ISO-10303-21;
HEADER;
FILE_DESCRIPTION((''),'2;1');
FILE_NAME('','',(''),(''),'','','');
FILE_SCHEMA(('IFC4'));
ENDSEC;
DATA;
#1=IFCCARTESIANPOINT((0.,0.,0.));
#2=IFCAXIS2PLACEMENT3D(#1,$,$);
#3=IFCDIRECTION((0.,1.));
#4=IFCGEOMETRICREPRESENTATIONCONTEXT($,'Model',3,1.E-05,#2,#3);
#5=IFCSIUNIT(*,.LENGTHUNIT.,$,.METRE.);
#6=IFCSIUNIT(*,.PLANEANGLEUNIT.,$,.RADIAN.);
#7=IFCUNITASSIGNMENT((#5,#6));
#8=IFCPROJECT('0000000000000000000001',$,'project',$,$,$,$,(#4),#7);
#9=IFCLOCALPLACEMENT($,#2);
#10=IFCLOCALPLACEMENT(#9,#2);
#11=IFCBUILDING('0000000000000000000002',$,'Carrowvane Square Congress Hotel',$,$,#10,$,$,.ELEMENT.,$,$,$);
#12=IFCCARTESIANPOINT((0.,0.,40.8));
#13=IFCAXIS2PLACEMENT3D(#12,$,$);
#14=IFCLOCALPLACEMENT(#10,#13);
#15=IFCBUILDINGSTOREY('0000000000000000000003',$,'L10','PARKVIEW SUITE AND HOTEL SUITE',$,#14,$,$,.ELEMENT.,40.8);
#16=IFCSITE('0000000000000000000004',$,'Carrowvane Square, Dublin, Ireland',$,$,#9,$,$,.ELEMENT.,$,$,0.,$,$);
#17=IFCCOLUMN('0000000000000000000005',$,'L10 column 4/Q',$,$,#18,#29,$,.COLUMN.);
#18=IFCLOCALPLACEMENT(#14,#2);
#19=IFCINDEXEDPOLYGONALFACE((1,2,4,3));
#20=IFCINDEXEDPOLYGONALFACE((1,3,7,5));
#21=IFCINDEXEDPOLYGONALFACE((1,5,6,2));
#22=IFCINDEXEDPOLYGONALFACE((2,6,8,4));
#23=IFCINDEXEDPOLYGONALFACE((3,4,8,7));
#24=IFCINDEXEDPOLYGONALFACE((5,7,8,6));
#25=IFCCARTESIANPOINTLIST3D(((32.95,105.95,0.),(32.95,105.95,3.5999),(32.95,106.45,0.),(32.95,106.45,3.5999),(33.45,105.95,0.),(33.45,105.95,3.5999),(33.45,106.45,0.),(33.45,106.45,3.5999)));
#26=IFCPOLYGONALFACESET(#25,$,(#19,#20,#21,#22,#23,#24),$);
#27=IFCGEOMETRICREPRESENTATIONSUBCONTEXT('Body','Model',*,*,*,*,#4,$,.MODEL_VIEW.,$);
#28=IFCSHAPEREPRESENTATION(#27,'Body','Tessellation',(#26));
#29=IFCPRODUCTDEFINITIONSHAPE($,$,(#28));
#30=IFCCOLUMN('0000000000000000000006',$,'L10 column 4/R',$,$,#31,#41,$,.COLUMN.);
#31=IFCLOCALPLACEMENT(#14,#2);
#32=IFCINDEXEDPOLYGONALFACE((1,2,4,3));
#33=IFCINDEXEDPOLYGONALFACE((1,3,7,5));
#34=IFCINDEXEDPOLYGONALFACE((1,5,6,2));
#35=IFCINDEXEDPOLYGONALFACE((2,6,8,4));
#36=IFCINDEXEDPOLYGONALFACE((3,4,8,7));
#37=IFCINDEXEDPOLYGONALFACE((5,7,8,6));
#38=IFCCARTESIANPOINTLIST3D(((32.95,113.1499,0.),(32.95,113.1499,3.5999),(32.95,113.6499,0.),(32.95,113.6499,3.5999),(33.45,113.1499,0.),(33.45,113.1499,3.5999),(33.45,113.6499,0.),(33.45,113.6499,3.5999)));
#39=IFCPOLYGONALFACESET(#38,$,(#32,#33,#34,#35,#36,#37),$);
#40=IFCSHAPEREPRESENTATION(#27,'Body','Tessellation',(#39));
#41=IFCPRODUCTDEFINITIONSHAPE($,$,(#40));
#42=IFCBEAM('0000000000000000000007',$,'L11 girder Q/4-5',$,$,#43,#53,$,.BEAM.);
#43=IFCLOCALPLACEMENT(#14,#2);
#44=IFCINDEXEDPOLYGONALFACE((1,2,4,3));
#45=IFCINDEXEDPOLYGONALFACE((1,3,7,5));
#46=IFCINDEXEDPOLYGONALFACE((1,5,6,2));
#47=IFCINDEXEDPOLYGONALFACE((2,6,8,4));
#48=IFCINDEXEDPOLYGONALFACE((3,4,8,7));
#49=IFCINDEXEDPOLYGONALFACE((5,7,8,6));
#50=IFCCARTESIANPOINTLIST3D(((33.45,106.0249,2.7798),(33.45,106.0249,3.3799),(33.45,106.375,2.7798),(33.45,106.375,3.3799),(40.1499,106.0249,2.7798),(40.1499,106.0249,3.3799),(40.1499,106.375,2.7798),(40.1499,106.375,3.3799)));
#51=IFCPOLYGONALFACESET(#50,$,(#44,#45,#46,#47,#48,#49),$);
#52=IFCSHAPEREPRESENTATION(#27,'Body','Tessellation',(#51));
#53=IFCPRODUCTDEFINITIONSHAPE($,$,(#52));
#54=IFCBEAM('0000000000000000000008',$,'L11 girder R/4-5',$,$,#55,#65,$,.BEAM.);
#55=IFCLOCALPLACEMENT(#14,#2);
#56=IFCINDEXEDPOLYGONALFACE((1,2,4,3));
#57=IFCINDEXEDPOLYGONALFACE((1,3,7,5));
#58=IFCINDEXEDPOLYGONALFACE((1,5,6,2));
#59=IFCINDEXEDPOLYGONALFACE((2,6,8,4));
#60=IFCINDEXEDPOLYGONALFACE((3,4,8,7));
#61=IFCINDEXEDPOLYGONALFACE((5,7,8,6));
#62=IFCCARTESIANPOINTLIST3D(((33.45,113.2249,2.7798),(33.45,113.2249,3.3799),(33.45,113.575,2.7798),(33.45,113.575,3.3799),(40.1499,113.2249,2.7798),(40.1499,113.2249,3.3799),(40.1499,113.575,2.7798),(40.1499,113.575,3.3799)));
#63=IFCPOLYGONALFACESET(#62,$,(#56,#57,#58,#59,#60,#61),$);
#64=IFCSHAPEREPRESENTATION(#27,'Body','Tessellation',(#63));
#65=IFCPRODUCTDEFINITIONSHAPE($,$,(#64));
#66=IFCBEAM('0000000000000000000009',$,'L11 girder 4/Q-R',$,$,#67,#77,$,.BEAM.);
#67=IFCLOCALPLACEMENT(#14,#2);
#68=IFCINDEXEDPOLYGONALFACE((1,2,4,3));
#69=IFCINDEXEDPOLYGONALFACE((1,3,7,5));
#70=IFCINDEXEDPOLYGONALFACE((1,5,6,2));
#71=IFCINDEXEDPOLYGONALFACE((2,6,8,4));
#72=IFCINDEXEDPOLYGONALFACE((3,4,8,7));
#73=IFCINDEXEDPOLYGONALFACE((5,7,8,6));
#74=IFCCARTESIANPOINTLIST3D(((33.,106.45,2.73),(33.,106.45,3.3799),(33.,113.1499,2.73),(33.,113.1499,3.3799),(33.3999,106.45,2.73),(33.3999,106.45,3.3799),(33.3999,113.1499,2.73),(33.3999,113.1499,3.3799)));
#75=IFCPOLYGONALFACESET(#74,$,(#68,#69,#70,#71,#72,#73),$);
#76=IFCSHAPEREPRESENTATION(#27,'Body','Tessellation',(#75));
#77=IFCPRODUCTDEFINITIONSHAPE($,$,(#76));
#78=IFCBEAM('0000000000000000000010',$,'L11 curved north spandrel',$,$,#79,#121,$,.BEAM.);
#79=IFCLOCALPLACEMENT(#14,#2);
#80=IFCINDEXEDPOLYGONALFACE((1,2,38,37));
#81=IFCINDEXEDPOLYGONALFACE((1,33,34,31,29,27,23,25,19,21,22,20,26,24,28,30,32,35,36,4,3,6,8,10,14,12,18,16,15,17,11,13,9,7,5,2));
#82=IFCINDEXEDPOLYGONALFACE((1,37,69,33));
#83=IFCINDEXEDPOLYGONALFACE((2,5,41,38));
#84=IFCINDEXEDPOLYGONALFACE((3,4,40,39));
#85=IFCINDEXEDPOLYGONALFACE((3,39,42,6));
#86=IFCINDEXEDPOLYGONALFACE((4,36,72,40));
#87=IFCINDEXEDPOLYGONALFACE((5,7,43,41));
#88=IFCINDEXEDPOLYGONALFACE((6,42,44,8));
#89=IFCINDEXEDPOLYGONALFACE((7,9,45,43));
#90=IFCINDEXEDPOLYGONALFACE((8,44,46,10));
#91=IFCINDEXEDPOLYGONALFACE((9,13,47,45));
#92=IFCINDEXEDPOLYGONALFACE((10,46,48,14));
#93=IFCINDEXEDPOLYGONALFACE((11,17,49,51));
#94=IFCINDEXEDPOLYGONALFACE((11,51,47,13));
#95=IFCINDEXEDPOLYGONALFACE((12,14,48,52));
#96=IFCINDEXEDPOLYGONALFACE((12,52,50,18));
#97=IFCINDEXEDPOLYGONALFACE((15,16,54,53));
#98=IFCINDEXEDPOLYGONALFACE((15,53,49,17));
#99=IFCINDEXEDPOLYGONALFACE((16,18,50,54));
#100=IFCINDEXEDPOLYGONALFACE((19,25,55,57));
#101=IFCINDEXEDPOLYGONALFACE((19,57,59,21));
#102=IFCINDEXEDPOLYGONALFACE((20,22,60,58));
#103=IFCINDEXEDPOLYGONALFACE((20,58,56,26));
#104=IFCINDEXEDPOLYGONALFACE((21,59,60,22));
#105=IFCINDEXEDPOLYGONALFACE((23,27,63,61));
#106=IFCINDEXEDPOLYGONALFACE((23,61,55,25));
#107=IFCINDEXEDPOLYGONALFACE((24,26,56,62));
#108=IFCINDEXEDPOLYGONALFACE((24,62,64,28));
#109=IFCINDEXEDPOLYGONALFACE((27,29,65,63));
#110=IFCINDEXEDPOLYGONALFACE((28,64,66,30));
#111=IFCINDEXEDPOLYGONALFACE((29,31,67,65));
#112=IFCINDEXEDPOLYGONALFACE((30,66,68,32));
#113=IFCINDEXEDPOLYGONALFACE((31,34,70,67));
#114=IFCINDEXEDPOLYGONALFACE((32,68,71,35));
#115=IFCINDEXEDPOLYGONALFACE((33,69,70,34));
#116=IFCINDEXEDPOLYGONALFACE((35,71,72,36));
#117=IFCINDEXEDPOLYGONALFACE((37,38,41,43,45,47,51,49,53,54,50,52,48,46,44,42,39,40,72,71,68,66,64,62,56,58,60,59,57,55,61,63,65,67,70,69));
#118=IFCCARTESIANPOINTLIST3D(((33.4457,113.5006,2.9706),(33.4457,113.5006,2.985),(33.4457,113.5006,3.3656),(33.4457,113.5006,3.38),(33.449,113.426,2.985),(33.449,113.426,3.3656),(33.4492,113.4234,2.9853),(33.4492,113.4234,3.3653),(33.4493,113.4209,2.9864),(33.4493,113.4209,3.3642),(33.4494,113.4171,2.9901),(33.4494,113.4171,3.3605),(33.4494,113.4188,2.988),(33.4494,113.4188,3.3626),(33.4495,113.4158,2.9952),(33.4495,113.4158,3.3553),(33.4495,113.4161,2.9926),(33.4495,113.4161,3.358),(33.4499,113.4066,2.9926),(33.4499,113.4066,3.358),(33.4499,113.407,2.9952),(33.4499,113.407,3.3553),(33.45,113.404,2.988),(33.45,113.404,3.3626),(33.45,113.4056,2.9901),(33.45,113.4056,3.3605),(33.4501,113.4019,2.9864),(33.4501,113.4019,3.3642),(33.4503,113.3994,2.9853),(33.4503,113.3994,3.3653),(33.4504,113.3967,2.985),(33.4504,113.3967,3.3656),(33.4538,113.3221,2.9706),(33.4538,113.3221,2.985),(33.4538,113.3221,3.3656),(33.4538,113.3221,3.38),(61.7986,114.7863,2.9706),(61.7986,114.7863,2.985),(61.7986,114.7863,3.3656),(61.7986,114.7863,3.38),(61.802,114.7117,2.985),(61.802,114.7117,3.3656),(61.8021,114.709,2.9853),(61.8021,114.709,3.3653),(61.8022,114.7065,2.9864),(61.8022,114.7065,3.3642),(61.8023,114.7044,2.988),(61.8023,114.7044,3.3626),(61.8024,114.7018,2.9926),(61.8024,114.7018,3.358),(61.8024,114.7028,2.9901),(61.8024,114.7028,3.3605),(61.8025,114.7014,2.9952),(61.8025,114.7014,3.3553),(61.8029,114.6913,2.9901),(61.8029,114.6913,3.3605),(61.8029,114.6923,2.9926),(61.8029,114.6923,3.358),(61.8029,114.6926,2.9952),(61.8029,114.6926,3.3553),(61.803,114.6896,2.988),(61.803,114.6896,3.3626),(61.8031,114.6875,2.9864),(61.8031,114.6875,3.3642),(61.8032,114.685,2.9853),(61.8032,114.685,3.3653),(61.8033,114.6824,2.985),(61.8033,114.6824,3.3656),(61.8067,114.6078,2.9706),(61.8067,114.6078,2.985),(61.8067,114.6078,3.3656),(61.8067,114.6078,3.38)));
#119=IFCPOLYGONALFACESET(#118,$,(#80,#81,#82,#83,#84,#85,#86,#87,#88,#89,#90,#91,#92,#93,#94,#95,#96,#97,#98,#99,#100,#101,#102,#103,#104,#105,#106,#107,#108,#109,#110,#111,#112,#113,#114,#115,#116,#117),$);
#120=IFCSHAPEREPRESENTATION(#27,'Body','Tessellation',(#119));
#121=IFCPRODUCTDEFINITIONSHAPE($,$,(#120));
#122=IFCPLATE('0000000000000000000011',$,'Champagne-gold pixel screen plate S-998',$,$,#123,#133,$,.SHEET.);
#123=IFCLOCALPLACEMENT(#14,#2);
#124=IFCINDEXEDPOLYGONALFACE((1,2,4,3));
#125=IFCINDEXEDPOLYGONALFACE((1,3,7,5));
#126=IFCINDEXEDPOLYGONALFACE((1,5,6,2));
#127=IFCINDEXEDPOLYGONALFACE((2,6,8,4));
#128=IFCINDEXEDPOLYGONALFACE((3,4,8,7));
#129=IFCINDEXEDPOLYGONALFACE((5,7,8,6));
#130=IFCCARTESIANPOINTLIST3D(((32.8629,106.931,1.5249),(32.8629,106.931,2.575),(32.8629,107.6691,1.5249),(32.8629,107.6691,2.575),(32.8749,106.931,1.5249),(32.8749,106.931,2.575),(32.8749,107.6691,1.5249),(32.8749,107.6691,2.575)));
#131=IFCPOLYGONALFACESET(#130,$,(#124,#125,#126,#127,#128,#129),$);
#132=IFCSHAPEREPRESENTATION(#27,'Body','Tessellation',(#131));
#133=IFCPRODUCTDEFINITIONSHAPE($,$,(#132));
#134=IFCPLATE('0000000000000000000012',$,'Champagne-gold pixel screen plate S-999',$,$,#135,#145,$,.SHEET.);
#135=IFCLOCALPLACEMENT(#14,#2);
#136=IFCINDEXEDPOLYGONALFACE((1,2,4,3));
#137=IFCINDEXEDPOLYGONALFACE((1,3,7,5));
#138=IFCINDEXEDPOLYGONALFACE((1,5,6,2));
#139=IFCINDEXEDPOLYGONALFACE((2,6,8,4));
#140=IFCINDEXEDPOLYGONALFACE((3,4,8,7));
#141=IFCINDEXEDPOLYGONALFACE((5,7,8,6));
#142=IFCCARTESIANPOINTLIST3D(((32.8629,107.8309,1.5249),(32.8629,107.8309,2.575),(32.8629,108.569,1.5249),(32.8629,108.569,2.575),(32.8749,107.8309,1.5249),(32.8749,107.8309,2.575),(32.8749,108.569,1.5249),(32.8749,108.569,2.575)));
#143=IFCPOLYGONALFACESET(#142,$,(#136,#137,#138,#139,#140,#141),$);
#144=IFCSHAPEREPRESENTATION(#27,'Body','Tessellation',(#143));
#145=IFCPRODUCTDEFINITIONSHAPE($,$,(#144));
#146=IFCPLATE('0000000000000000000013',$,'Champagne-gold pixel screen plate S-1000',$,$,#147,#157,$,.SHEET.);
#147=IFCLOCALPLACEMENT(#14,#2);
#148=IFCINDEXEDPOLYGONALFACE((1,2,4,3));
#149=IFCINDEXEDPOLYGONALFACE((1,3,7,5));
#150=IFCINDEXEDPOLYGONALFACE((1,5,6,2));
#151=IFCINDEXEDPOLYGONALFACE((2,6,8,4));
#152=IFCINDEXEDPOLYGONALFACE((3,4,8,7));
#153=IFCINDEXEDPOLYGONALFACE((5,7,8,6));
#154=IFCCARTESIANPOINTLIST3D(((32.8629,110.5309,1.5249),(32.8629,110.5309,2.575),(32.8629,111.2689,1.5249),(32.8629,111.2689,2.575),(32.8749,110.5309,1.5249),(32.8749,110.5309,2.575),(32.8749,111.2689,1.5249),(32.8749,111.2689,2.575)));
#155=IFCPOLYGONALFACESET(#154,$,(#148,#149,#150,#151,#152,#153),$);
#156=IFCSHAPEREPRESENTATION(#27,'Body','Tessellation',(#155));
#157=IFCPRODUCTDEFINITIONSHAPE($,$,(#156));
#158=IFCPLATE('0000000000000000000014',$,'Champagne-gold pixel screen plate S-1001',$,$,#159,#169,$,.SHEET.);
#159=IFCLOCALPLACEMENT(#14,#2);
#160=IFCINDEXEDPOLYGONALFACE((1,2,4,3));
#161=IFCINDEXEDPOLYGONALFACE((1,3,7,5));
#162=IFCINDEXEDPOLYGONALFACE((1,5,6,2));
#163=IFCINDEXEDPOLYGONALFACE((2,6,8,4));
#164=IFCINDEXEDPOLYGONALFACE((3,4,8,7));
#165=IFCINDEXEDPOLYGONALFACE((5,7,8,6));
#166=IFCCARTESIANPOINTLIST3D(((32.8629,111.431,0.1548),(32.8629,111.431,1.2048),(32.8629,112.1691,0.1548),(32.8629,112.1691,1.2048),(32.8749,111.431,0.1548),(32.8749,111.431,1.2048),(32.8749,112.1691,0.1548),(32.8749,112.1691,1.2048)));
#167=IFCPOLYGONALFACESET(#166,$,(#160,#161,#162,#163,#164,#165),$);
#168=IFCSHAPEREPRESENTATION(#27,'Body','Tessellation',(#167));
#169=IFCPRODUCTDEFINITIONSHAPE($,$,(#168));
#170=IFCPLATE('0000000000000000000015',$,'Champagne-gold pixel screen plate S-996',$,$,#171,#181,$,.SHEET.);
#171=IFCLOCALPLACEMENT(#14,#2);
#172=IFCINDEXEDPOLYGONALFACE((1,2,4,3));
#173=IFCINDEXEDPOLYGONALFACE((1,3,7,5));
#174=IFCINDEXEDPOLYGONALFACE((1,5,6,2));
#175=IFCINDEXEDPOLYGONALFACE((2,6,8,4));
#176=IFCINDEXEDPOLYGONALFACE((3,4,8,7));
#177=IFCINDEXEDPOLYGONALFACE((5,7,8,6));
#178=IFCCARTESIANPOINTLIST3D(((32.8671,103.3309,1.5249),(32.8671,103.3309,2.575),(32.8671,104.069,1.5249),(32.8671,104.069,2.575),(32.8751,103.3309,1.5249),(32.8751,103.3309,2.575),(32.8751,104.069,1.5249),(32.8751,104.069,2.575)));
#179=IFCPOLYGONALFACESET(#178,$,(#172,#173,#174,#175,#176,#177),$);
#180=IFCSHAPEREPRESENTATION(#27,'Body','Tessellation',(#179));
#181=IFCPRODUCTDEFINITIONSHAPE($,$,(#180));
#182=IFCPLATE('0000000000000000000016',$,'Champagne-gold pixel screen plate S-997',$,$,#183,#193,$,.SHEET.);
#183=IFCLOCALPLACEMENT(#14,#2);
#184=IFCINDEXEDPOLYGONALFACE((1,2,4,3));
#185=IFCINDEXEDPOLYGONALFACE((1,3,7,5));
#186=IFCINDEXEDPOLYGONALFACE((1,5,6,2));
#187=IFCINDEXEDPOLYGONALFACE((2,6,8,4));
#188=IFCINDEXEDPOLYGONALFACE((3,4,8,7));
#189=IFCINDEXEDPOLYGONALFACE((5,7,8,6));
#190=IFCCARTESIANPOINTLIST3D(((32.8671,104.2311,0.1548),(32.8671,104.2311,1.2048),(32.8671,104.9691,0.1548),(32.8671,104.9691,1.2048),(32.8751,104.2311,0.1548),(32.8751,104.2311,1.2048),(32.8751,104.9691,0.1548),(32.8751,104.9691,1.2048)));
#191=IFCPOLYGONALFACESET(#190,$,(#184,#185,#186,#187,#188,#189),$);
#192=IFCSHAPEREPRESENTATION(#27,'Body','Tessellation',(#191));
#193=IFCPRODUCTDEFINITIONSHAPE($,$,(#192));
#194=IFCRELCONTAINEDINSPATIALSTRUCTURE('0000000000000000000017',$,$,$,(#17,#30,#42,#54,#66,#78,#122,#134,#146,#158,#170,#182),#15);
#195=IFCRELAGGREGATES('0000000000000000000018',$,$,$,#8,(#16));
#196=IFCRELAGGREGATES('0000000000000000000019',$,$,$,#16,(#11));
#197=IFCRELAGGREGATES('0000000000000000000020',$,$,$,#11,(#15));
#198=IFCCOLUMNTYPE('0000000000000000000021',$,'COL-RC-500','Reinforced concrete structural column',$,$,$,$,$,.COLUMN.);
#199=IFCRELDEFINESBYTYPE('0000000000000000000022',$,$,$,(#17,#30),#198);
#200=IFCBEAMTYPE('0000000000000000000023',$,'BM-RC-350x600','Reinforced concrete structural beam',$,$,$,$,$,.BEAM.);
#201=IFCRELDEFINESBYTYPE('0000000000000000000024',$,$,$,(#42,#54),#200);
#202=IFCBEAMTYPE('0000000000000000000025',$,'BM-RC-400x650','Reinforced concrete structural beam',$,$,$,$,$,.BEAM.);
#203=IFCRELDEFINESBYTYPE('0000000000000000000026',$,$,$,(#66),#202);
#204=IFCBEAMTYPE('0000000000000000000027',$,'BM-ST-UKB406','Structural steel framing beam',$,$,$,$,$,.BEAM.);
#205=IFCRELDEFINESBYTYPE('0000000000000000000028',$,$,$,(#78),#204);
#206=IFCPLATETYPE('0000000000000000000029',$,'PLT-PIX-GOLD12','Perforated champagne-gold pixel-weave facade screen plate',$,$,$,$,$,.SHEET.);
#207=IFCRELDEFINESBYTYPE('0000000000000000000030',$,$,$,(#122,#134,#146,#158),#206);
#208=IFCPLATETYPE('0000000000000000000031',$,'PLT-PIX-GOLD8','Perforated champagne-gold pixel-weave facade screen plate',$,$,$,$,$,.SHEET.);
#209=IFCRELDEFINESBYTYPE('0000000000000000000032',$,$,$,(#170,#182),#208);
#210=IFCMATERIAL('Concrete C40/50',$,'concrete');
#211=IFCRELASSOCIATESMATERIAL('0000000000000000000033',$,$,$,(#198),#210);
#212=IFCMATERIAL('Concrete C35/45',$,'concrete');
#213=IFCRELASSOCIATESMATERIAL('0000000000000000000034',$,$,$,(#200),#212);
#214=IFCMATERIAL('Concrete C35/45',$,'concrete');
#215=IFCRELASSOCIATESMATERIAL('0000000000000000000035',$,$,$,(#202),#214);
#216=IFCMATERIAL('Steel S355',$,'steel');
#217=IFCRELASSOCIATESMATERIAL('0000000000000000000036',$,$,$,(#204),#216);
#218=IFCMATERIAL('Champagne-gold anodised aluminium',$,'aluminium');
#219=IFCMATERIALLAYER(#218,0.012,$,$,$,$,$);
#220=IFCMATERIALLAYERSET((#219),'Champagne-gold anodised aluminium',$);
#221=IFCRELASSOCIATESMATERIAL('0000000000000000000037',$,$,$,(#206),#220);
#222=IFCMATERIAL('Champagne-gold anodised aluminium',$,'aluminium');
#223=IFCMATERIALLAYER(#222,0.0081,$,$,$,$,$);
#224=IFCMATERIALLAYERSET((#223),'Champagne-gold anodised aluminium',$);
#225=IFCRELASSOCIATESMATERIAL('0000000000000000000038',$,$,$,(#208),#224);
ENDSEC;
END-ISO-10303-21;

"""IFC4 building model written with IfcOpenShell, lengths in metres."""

from ifc_helpers import new_model, si_unit, direction, frame, origin, origin_2d, place, context, subcontext, project, spatial, rectangle, i_section, extrude, material, layer, layer_set, material_profile, profile_set, type_object, element, save


model = new_model("IFC4")

# Units and contexts
model_context = context("Model", 3, precision=1e-05, world=origin(), true_north=direction((0.0, 1.0)))
body_context = subcontext(model_context, "Body", "Model", "MODEL_VIEW")
ifc_project = project(units=[si_unit("LENGTHUNIT", "METRE"), si_unit("PLANEANGLEUNIT", "RADIAN")], contexts=[model_context])

# Site, building, storey
site_placement = place(None, origin())
site = spatial("IfcSite", under=ifc_project, at=site_placement, Name="Carrowvane Square, Dublin, Ireland", CompositionType="ELEMENT", RefElevation=0.0)
building_placement = place(site_placement, origin())
building = spatial("IfcBuilding", under=site, at=building_placement, Name="Carrowvane Square Congress Hotel", CompositionType="ELEMENT")
storey_placement = place(building_placement, frame((0.0, 0.0, 40.8)))
storey = spatial("IfcBuildingStorey", under=building, at=storey_placement, Name="L10", Description="PARKVIEW SUITE AND HOTEL SUITE", CompositionType="ELEMENT", Elevation=40.8)

# Columns
ifc_material_1 = material(Name="Concrete C40/50", Category="concrete")
ifc_material_profile_1 = material_profile(ifc_material_1, rectangle(XDim=0.5, YDim=0.5, at=origin_2d()), Name="RC 500x500")
ifc_profile_set_1 = profile_set([ifc_material_profile_1], Name="Concrete C40/50")
column_type = type_object("IfcColumnType", Name="COL-RC-500", Description="Reinforced concrete structural column", PredefinedType="COLUMN", material=ifc_profile_set_1)
for number, where, z_axis, x_axis, name in (
    (1, (33.2, 106.2, 0.0), (0.0, 0.0, 1.0), (1.0, 0.0, 0.0), "L10 column 4/Q"),
    (2, (33.2, 113.3999, 0.0), (0.0, 0.0, 1.0), (1.0, 0.0, 0.0), "L10 column 4/R"),
):
    element("IfcColumn", number, at=place(storey_placement, frame(where, z_axis=z_axis, x_axis=x_axis)), inside=storey, type_object=column_type, Name=name, PredefinedType="COLUMN", context=body_context, shape_type="SweptSolid", body=[
        extrude(rectangle(XDim=0.5, YDim=0.5, at=origin_2d()), origin(), (0.0, 0.0, 1.0), 3.5999),
    ])

# Beams
ifc_material_2 = material(Name="Concrete C35/45", Category="concrete")
ifc_material_profile_2 = material_profile(ifc_material_2, rectangle(XDim=0.3501, YDim=0.6001, at=origin_2d()), Name="RC 350x600")
ifc_profile_set_2 = profile_set([ifc_material_profile_2], Name="Concrete C35/45")
beam_type_1 = type_object("IfcBeamType", Name="BM-RC-350x600", Description="Reinforced concrete structural beam", PredefinedType="BEAM", material=ifc_profile_set_2)
for number, where, z_axis, x_axis, name in (
    (3, (33.45, 106.2, 3.0798), (1.0, 0.0, 0.0), (0.0, 1.0, 0.0), "L11 girder Q/4-5"),
    (4, (33.45, 113.3999, 3.0798), (1.0, 0.0, 0.0), (0.0, 1.0, 0.0), "L11 girder R/4-5"),
):
    element("IfcBeam", number, at=place(storey_placement, frame(where, z_axis=z_axis, x_axis=x_axis)), inside=storey, type_object=beam_type_1, Name=name, PredefinedType="BEAM", context=body_context, shape_type="SweptSolid", body=[
        extrude(rectangle(XDim=0.3501, YDim=0.6001, at=origin_2d()), origin(), (0.0, 0.0, 1.0), 6.7),
    ])
ifc_material_3 = material(Name="Concrete C35/45", Category="concrete")
ifc_material_profile_3 = material_profile(ifc_material_3, rectangle(XDim=0.3999, YDim=0.6499, at=origin_2d()), Name="RC 400x650")
ifc_profile_set_3 = profile_set([ifc_material_profile_3], Name="Concrete C35/45")
beam_type_2 = type_object("IfcBeamType", Name="BM-RC-400x650", Description="Reinforced concrete structural beam", PredefinedType="BEAM", material=ifc_profile_set_3)
beam_1_placement = place(storey_placement, frame((33.2, 106.45, 3.0549), z_axis=(0.0, 1.0, 0.0), x_axis=(-1.0, 0.0, 0.0)))
element("IfcBeam", 5, at=beam_1_placement, inside=storey, type_object=beam_type_2, Name="L11 girder 4/Q-R", PredefinedType="BEAM", context=body_context, shape_type="SweptSolid", body=[
    extrude(rectangle(XDim=0.3999, YDim=0.6499, at=origin_2d()), origin(), (0.0, 0.0, 1.0), 6.7),
])
ifc_material_4 = material(Name="Steel S355", Category="steel")
ifc_material_profile_4 = material_profile(ifc_material_4, i_section(OverallWidth=0.1787, OverallDepth=0.4094, WebThickness=0.0088, FlangeThickness=0.0144, FilletRadius=0.0103, at=origin_2d()), Name="UKB 406x178x67")
ifc_profile_set_4 = profile_set([ifc_material_profile_4], Name="Steel S355")
beam_type_3 = type_object("IfcBeamType", Name="BM-ST-UKB406", Description="Structural steel framing beam", PredefinedType="BEAM", material=ifc_profile_set_4)
beam_2_placement = place(storey_placement, frame((33.4497, 113.4114, 3.1753), z_axis=(0.998974, 0.045298, 0.0), x_axis=(-0.045298, 0.998974, 0.0)))
element("IfcBeam", 6, at=beam_2_placement, inside=storey, type_object=beam_type_3, Name="L11 curved north spandrel", PredefinedType="BEAM", context=body_context, shape_type="SweptSolid", body=[
    extrude(i_section(OverallWidth=0.1787, OverallDepth=0.4094, WebThickness=0.0088, FlangeThickness=0.0144, FilletRadius=0.0103, at=origin_2d()), origin(), (0.0, 0.0, 1.0), 28.3821),
])

# Plates
ifc_material_5 = material(Name="Champagne-gold anodised aluminium", Category="aluminium")
ifc_layer_1 = layer(ifc_material_5, 0.012)
ifc_layer_set_1 = layer_set([ifc_layer_1], Name="Champagne-gold anodised aluminium")
plate_type_1 = type_object("IfcPlateType", Name="PLT-PIX-GOLD12", Description="Perforated champagne-gold pixel-weave facade screen plate", PredefinedType="SHEET", material=ifc_layer_set_1)
for number, where, z_axis, x_axis, name in (
    (7, (32.8689, 107.3, 1.5249), (0.0, 0.0, 1.0), (0.0, 1.0, 0.0), "Champagne-gold pixel screen plate S-998"),
    (8, (32.8689, 108.2, 1.5249), (0.0, 0.0, 1.0), (0.0, 1.0, 0.0), "Champagne-gold pixel screen plate S-999"),
    (9, (32.8689, 110.8999, 1.5249), (0.0, 0.0, 1.0), (0.0, 1.0, 0.0), "Champagne-gold pixel screen plate S-1000"),
    (10, (32.8689, 111.8, 0.1548), (0.0, 0.0, 1.0), (0.0, 1.0, 0.0), "Champagne-gold pixel screen plate S-1001"),
):
    element("IfcPlate", number, at=place(storey_placement, frame(where, z_axis=z_axis, x_axis=x_axis)), inside=storey, type_object=plate_type_1, Name=name, PredefinedType="SHEET", context=body_context, shape_type="SweptSolid", body=[
        extrude(rectangle(XDim=0.738, YDim=0.012, at=origin_2d()), origin(), (0.0, 0.0, 1.0), 1.05),
    ])
ifc_material_6 = material(Name="Champagne-gold anodised aluminium", Category="aluminium")
ifc_layer_2 = layer(ifc_material_6, 0.0081)
ifc_layer_set_2 = layer_set([ifc_layer_2], Name="Champagne-gold anodised aluminium")
plate_type_2 = type_object("IfcPlateType", Name="PLT-PIX-GOLD8", Description="Perforated champagne-gold pixel-weave facade screen plate", PredefinedType="SHEET", material=ifc_layer_set_2)
for number, where, z_axis, x_axis, name in (
    (11, (32.8711, 103.7, 1.5249), (0.0, 0.0, 1.0), (0.0, 1.0, 0.0), "Champagne-gold pixel screen plate S-996"),
    (12, (32.8711, 104.6001, 0.1548), (0.0, 0.0, 1.0), (0.0, 1.0, 0.0), "Champagne-gold pixel screen plate S-997"),
):
    element("IfcPlate", number, at=place(storey_placement, frame(where, z_axis=z_axis, x_axis=x_axis)), inside=storey, type_object=plate_type_2, Name=name, PredefinedType="SHEET", context=body_context, shape_type="SweptSolid", body=[
        extrude(rectangle(XDim=0.738, YDim=0.0081, at=origin_2d()), origin(), (0.0, 0.0, 1.0), 1.05),
    ])

save(model, "model.ifc")
